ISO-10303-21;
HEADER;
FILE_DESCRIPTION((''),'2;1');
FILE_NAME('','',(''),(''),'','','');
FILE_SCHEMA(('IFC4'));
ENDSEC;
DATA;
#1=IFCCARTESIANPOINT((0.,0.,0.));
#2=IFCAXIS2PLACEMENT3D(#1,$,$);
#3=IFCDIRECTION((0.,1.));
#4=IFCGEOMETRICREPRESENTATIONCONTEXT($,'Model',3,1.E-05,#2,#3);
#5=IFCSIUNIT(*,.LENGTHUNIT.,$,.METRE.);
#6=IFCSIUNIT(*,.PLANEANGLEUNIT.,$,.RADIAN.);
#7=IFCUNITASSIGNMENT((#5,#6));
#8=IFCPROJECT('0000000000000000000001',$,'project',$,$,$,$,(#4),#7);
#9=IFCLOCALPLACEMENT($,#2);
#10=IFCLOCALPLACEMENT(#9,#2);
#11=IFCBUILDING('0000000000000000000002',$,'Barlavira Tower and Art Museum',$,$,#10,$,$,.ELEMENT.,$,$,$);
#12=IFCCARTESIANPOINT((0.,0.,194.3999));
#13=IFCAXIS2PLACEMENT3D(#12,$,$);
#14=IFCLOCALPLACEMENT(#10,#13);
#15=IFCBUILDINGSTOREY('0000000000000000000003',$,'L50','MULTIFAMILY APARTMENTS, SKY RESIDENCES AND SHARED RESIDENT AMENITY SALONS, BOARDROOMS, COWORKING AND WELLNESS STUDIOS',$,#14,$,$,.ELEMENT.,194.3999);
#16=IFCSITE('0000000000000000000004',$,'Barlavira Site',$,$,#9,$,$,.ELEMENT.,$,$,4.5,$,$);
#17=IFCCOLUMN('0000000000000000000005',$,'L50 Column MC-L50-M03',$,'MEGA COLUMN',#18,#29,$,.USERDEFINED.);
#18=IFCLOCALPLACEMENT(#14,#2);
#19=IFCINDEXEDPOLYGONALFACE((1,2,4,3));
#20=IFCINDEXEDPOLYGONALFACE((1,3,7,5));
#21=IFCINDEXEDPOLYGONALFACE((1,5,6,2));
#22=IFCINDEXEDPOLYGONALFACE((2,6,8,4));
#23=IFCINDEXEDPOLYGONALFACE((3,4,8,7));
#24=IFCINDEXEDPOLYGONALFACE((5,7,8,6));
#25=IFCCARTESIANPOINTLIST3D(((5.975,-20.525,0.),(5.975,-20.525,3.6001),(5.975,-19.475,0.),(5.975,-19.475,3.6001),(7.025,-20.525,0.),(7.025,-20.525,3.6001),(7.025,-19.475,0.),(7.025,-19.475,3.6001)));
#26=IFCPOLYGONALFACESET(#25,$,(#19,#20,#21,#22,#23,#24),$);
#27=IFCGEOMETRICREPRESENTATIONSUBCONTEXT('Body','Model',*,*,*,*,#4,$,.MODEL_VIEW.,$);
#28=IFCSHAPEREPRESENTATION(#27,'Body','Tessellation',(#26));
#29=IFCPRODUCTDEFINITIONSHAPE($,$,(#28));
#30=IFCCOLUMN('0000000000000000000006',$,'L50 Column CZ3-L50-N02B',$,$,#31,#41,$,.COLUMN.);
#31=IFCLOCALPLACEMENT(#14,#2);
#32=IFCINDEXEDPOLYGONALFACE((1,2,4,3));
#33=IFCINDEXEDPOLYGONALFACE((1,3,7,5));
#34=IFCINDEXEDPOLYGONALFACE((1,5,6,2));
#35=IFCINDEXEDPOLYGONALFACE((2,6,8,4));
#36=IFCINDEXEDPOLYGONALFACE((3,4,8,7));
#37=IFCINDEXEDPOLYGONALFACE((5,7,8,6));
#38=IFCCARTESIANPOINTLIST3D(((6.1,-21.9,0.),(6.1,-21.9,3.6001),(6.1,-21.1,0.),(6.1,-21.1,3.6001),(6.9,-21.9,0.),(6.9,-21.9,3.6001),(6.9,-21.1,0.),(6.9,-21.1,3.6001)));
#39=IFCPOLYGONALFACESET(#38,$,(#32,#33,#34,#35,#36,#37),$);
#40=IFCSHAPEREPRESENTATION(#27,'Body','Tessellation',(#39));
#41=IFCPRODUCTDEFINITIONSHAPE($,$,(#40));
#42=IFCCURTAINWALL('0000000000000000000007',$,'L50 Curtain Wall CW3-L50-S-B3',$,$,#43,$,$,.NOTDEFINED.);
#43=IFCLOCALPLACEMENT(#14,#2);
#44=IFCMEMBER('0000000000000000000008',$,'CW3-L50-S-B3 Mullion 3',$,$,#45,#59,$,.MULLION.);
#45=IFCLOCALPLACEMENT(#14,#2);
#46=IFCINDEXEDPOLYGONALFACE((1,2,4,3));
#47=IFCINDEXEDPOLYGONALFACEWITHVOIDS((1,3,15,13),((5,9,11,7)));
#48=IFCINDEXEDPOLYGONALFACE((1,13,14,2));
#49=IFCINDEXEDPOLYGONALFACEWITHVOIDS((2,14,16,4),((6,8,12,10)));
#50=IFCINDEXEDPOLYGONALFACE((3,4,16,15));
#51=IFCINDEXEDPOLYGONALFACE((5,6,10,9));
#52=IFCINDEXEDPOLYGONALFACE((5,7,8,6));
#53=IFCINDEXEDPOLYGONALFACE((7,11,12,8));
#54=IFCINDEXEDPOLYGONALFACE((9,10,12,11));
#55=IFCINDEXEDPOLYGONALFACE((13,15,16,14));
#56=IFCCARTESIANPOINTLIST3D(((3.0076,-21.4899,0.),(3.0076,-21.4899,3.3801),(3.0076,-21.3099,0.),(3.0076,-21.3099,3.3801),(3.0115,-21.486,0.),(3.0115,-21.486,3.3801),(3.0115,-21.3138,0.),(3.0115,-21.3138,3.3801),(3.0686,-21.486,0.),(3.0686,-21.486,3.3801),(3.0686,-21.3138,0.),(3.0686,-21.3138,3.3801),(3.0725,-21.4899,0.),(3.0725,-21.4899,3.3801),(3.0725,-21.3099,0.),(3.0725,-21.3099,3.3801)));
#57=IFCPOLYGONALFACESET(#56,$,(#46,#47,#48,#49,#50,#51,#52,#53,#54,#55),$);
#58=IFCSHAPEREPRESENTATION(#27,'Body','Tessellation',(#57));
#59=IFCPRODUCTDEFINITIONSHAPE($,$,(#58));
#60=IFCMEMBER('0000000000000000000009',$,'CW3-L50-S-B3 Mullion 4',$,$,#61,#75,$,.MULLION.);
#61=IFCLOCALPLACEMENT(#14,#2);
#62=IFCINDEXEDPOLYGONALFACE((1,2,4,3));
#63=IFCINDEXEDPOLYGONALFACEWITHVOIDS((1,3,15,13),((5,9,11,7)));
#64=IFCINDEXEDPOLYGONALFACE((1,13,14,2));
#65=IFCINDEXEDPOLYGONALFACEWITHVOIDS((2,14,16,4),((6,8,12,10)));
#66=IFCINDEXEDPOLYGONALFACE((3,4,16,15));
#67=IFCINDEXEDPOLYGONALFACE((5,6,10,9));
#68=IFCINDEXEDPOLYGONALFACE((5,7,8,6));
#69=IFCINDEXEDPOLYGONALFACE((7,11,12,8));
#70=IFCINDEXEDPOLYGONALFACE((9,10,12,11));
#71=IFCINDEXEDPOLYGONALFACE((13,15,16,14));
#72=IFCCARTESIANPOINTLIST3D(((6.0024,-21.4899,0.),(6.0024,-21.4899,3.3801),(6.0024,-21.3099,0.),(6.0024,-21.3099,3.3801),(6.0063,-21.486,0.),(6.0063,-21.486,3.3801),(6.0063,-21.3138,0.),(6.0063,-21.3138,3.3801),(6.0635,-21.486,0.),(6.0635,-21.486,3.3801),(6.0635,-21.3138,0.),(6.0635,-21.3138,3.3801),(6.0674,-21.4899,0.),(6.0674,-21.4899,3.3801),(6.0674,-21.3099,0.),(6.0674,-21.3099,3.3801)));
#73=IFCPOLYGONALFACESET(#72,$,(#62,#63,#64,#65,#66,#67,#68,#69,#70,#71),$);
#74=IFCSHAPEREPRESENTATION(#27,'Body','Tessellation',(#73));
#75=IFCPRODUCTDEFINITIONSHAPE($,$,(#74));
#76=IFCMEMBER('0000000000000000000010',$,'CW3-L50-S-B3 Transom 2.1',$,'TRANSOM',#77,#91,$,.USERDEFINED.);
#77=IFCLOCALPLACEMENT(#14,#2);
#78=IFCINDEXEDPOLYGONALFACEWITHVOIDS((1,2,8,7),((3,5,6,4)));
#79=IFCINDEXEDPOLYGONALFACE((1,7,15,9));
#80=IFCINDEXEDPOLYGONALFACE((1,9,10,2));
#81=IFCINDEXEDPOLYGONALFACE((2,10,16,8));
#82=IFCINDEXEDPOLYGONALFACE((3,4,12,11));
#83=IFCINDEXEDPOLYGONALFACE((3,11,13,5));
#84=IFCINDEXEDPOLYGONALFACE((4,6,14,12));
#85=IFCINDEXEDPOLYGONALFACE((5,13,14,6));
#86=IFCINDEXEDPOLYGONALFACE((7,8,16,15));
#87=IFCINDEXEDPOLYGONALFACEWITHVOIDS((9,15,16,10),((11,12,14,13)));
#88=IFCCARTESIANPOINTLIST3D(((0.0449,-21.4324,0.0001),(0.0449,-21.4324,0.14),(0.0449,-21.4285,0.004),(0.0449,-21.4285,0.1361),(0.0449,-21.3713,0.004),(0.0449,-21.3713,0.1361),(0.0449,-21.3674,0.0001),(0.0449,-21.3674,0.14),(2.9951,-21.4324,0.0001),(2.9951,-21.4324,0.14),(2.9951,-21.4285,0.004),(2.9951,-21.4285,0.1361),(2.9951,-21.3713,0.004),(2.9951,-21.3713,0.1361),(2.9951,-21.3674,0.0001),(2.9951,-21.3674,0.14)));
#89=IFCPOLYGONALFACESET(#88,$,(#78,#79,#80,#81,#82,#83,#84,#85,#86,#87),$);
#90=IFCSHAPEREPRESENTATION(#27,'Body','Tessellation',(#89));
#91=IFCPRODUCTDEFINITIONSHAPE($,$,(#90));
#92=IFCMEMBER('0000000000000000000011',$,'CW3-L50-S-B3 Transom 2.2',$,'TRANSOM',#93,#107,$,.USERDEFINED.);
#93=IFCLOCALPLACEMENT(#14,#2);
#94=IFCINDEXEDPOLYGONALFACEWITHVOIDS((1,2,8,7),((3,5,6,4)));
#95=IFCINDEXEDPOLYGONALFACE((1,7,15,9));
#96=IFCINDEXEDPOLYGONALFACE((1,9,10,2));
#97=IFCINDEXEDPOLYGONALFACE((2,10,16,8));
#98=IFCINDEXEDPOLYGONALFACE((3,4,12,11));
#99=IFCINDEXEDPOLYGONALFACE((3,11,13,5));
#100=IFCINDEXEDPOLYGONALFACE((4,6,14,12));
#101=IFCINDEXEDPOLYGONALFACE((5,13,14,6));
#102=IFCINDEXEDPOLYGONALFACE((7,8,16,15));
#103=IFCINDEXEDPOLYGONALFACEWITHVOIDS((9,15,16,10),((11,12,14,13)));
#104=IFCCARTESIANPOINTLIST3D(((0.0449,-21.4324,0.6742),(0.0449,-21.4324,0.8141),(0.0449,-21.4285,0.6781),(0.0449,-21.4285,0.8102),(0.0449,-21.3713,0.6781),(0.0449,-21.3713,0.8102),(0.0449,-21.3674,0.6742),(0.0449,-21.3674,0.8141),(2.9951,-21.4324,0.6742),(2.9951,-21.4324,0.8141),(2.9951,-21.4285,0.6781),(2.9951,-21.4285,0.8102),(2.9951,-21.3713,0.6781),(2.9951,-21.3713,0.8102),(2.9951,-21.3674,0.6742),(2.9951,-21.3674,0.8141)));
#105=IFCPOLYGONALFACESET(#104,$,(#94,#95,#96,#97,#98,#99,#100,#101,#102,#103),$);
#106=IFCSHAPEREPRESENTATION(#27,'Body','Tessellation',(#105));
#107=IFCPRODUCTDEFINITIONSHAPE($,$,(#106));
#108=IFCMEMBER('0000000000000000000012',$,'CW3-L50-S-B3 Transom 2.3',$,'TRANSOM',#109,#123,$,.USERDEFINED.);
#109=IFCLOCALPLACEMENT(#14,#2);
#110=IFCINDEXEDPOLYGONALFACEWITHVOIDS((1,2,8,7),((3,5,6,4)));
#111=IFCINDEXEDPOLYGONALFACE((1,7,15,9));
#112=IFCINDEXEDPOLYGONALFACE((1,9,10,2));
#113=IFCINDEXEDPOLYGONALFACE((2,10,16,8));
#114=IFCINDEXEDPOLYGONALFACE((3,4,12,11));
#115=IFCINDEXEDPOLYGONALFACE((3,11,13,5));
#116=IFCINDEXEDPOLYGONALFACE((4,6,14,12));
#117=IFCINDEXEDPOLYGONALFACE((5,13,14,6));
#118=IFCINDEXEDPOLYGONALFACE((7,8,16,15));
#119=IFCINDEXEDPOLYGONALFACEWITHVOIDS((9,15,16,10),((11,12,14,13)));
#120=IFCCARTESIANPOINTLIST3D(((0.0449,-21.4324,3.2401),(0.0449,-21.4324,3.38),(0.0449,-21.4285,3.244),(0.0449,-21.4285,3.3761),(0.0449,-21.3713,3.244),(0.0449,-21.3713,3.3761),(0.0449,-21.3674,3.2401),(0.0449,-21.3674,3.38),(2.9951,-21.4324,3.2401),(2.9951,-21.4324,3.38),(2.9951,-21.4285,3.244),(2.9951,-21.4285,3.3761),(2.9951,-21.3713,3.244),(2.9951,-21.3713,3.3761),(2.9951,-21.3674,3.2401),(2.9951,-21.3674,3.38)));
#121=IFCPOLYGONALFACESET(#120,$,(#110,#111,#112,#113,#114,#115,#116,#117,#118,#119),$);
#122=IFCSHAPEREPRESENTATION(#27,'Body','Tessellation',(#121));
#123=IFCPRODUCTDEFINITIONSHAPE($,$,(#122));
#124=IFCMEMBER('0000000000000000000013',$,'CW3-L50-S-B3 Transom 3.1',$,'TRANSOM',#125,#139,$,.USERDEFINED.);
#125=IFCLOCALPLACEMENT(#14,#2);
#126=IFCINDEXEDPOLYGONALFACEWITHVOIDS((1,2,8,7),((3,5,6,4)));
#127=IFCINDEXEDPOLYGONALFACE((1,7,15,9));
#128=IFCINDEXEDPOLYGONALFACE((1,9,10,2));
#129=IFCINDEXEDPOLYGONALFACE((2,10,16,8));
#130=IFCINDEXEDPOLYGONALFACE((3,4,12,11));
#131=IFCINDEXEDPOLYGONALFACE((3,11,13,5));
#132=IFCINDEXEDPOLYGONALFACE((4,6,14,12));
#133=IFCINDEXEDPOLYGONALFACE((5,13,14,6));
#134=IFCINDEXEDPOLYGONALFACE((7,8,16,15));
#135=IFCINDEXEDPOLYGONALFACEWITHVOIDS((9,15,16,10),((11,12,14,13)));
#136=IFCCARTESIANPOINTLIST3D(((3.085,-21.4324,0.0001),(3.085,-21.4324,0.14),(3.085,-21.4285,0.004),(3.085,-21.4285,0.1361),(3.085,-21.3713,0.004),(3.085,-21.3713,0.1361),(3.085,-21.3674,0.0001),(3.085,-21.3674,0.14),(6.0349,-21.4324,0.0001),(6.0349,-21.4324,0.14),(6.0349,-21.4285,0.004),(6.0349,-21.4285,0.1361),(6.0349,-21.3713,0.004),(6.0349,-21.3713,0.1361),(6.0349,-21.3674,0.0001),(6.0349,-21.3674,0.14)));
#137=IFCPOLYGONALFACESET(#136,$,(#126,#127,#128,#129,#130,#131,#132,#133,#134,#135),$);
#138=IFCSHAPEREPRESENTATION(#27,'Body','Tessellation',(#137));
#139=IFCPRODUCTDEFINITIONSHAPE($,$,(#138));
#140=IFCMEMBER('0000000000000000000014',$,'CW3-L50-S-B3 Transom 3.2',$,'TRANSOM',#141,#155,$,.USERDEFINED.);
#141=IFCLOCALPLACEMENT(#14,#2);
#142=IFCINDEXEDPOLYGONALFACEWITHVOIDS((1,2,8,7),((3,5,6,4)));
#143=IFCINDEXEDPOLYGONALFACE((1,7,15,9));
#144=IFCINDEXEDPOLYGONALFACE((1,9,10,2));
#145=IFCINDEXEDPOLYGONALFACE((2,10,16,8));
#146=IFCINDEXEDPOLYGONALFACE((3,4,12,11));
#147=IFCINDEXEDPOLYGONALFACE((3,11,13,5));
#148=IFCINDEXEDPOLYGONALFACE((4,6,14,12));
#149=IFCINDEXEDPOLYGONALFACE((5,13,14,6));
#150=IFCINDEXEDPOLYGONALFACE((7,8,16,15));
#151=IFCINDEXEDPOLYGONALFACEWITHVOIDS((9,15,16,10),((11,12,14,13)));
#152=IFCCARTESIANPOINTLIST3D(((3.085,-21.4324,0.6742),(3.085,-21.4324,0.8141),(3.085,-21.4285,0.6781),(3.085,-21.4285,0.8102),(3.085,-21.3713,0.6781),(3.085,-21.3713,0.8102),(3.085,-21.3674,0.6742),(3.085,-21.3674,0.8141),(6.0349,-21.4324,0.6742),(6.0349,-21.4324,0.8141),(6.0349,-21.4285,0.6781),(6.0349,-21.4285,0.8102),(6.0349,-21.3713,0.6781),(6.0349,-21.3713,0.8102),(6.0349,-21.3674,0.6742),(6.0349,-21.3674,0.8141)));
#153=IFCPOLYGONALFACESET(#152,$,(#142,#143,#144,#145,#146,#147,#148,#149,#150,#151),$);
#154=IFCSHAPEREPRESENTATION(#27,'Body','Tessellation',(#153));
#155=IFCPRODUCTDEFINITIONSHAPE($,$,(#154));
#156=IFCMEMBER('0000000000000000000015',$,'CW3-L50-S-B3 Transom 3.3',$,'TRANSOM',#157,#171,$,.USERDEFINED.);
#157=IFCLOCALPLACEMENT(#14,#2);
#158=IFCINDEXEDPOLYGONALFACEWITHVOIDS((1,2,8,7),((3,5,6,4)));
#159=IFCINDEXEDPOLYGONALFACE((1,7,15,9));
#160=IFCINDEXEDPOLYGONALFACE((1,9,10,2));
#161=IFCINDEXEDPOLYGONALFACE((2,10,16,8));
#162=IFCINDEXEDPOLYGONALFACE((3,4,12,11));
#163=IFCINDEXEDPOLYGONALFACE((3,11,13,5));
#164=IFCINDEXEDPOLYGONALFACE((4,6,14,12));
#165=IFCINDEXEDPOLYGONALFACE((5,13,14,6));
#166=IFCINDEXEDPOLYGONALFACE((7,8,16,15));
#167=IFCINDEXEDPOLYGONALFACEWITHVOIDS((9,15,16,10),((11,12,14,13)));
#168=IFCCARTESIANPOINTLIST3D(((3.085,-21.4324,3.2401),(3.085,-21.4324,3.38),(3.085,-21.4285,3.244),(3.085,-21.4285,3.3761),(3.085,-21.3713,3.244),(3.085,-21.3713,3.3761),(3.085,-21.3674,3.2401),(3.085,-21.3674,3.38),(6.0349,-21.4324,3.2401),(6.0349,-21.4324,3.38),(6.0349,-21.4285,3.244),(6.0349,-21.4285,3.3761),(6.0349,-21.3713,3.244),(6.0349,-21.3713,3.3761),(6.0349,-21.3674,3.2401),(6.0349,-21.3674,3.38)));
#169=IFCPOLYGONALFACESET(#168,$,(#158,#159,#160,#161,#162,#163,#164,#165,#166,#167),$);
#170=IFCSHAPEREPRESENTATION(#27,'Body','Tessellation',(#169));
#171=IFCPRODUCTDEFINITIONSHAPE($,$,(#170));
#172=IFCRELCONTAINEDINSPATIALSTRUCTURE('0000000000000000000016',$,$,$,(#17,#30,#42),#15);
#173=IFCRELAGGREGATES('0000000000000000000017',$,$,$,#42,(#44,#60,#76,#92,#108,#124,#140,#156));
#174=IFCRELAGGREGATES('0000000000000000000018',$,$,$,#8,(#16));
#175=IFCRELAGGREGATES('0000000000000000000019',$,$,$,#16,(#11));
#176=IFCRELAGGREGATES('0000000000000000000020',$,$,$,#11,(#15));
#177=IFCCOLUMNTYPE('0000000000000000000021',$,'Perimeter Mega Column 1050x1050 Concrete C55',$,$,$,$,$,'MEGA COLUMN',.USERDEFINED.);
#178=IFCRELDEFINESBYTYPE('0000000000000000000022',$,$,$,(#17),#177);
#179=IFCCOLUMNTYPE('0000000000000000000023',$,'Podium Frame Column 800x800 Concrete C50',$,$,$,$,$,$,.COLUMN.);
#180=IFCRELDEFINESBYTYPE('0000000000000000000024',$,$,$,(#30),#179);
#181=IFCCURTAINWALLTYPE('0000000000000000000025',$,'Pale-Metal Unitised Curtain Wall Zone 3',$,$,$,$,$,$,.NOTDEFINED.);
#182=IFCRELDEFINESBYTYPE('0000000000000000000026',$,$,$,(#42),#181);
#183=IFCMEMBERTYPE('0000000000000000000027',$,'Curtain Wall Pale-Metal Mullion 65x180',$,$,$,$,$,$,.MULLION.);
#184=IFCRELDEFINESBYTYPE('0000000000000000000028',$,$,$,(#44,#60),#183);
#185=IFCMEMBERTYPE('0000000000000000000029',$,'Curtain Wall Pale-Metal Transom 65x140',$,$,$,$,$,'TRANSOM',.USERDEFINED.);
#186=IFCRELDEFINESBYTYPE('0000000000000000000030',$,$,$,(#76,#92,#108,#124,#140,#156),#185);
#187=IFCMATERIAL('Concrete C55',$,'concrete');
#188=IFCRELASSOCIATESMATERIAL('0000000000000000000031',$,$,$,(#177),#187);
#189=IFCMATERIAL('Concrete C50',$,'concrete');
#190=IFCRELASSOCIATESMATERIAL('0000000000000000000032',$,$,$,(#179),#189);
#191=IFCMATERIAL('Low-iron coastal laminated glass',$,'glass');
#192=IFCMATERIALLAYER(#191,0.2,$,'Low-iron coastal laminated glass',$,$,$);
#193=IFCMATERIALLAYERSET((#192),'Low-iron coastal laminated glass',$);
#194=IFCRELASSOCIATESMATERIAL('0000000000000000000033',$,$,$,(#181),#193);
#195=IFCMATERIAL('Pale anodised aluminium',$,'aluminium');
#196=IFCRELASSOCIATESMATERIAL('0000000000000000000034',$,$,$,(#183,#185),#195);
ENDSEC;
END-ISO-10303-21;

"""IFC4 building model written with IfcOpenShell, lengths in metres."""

from ifc_helpers import new_model, si_unit, direction, frame, origin, origin_2d, place, context, subcontext, project, spatial, rectangle, hollow_rectangle, extrude, material, layer, layer_set, material_profile, profile_set, type_object, element, aggregate, save


model = new_model("IFC4")

# Units and contexts
model_context = context("Model", 3, precision=1e-05, world=origin(), true_north=direction((0.0, 1.0)))
body_context = subcontext(model_context, "Body", "Model", "MODEL_VIEW")
ifc_project = project(units=[si_unit("LENGTHUNIT", "METRE"), si_unit("PLANEANGLEUNIT", "RADIAN")], contexts=[model_context])

# Site, building, storey
site_placement = place(None, origin())
site = spatial("IfcSite", under=ifc_project, at=site_placement, Name="Barlavira Site", CompositionType="ELEMENT", RefElevation=4.5)
building_placement = place(site_placement, origin())
building = spatial("IfcBuilding", under=site, at=building_placement, Name="Barlavira Tower and Art Museum", CompositionType="ELEMENT")
storey_placement = place(building_placement, frame((0.0, 0.0, 194.3999)))
storey = spatial("IfcBuildingStorey", under=building, at=storey_placement, Name="L50", Description="MULTIFAMILY APARTMENTS, SKY RESIDENCES AND SHARED RESIDENT AMENITY SALONS, BOARDROOMS, COWORKING AND WELLNESS STUDIOS", CompositionType="ELEMENT", Elevation=194.3999)

# Columns
ifc_material_1 = material(Name="Concrete C55", Category="concrete")
ifc_material_profile_1 = material_profile(ifc_material_1, rectangle(XDim=1.05, YDim=1.05, at=origin_2d()), Name="RC-COL 1050x1050")
ifc_profile_set_1 = profile_set([ifc_material_profile_1], Name="Concrete C55")
column_type_1 = type_object("IfcColumnType", Name="Perimeter Mega Column 1050x1050 Concrete C55", ElementType="MEGA COLUMN", PredefinedType="USERDEFINED", material=ifc_profile_set_1)
column_1_placement = place(storey_placement, frame((6.5, -20.0, 0.0), z_axis=(0.0, 0.0, 1.0), x_axis=(1.0, 0.0, 0.0)))
element("IfcColumn", 1, at=column_1_placement, inside=storey, type_object=column_type_1, Name="L50 Column MC-L50-M03", ObjectType="MEGA COLUMN", PredefinedType="USERDEFINED", context=body_context, shape_type="SweptSolid", body=[
    extrude(rectangle(XDim=1.05, YDim=1.05, at=origin_2d()), origin(), (0.0, 0.0, 1.0), 3.6001),
])
ifc_material_2 = material(Name="Concrete C50", Category="concrete")
ifc_material_profile_2 = material_profile(ifc_material_2, rectangle(XDim=0.8, YDim=0.8, at=origin_2d()), Name="RC-COL 800x800")
ifc_profile_set_2 = profile_set([ifc_material_profile_2], Name="Concrete C50")
column_type_2 = type_object("IfcColumnType", Name="Podium Frame Column 800x800 Concrete C50", PredefinedType="COLUMN", material=ifc_profile_set_2)
column_2_placement = place(storey_placement, frame((6.5, -21.5, 0.0), z_axis=(0.0, 0.0, 1.0), x_axis=(1.0, 0.0, 0.0)))
element("IfcColumn", 2, at=column_2_placement, inside=storey, type_object=column_type_2, Name="L50 Column CZ3-L50-N02B", PredefinedType="COLUMN", context=body_context, shape_type="SweptSolid", body=[
    extrude(rectangle(XDim=0.8, YDim=0.8, at=origin_2d()), origin(), (0.0, 0.0, 1.0), 3.6001),
])

# Curtain wall, members
ifc_material_3 = material(Name="Low-iron coastal laminated glass", Category="glass")
ifc_layer_1 = layer(ifc_material_3, 0.2, Name="Low-iron coastal laminated glass")
ifc_layer_set_1 = layer_set([ifc_layer_1], Name="Low-iron coastal laminated glass")
curtain_wall_type = type_object("IfcCurtainWallType", Name="Pale-Metal Unitised Curtain Wall Zone 3", PredefinedType="NOTDEFINED", material=ifc_layer_set_1)
curtain_wall_placement = place(storey_placement, origin())
curtain_wall = element("IfcCurtainWall", 3, at=curtain_wall_placement, inside=storey, type_object=curtain_wall_type, Name="L50 Curtain Wall CW3-L50-S-B3", PredefinedType="NOTDEFINED")
ifc_material_4 = material(Name="Pale anodised aluminium", Category="aluminium")
ifc_material_profile_3 = material_profile(ifc_material_4, hollow_rectangle(XDim=0.0649, YDim=0.1799, WallThickness=0.0039, at=origin_2d()), Name="ALU-MULL 65x180x4")
ifc_profile_set_3 = profile_set([ifc_material_profile_3], Name="Pale anodised aluminium")
member_type_1 = type_object("IfcMemberType", Name="Curtain Wall Pale-Metal Mullion 65x180", PredefinedType="MULLION", material=ifc_profile_set_3)
member_1_placement = place(storey_placement, frame((3.04, -21.3999, 0.0), z_axis=(0.0, 0.0, 1.0), x_axis=(1.0, 0.0, 0.0)))
member_1 = element("IfcMember", 4, at=member_1_placement, type_object=member_type_1, Name="CW3-L50-S-B3 Mullion 3", PredefinedType="MULLION", context=body_context, shape_type="SweptSolid", body=[
    extrude(hollow_rectangle(XDim=0.0649, YDim=0.1799, WallThickness=0.0039, at=origin_2d()), origin(), (0.0, 0.0, 1.0), 3.3801),
])
member_2_placement = place(storey_placement, frame((6.0349, -21.3999, 0.0), z_axis=(0.0, 0.0, 1.0), x_axis=(1.0, 0.0, 0.0)))
member_2 = element("IfcMember", 5, at=member_2_placement, type_object=member_type_1, Name="CW3-L50-S-B3 Mullion 4", PredefinedType="MULLION", context=body_context, shape_type="SweptSolid", body=[
    extrude(hollow_rectangle(XDim=0.0649, YDim=0.1799, WallThickness=0.0039, at=origin_2d()), origin(), (0.0, 0.0, 1.0), 3.3801),
])
ifc_material_profile_4 = material_profile(ifc_material_4, hollow_rectangle(XDim=0.0649, YDim=0.1399, WallThickness=0.0039, at=origin_2d()), Name="ALU-TRAN 65x140x4")
ifc_profile_set_4 = profile_set([ifc_material_profile_4], Name="Pale anodised aluminium")
member_type_2 = type_object("IfcMemberType", Name="Curtain Wall Pale-Metal Transom 65x140", ElementType="TRANSOM", PredefinedType="USERDEFINED", material=ifc_profile_set_4)
member_3_placement = place(storey_placement, frame((0.0449, -21.3999, 0.0701), z_axis=(1.0, 0.0, 0.0), x_axis=(0.0, 1.0, 0.0)))
member_3 = element("IfcMember", 6, at=member_3_placement, type_object=member_type_2, Name="CW3-L50-S-B3 Transom 2.1", ObjectType="TRANSOM", PredefinedType="USERDEFINED", context=body_context, shape_type="SweptSolid", body=[
    extrude(hollow_rectangle(XDim=0.0649, YDim=0.1399, WallThickness=0.0039, at=origin_2d()), origin(), (0.0, 0.0, 1.0), 2.9502),
])
member_4_placement = place(storey_placement, frame((0.0449, -21.3999, 0.7441), z_axis=(1.0, 0.0, 0.0), x_axis=(0.0, 1.0, 0.0)))
member_4 = element("IfcMember", 7, at=member_4_placement, type_object=member_type_2, Name="CW3-L50-S-B3 Transom 2.2", ObjectType="TRANSOM", PredefinedType="USERDEFINED", context=body_context, shape_type="SweptSolid", body=[
    extrude(hollow_rectangle(XDim=0.0649, YDim=0.1399, WallThickness=0.0039, at=origin_2d()), origin(), (0.0, 0.0, 1.0), 2.9502),
])
member_5_placement = place(storey_placement, frame((0.0449, -21.3999, 3.3101), z_axis=(1.0, 0.0, 0.0), x_axis=(0.0, 1.0, 0.0)))
member_5 = element("IfcMember", 8, at=member_5_placement, type_object=member_type_2, Name="CW3-L50-S-B3 Transom 2.3", ObjectType="TRANSOM", PredefinedType="USERDEFINED", context=body_context, shape_type="SweptSolid", body=[
    extrude(hollow_rectangle(XDim=0.0649, YDim=0.1399, WallThickness=0.0039, at=origin_2d()), origin(), (0.0, 0.0, 1.0), 2.9502),
])
member_6_placement = place(storey_placement, frame((3.085, -21.3999, 0.0701), z_axis=(1.0, 0.0, 0.0), x_axis=(0.0, 1.0, 0.0)))
member_6 = element("IfcMember", 9, at=member_6_placement, type_object=member_type_2, Name="CW3-L50-S-B3 Transom 3.1", ObjectType="TRANSOM", PredefinedType="USERDEFINED", context=body_context, shape_type="SweptSolid", body=[
    extrude(hollow_rectangle(XDim=0.0649, YDim=0.1399, WallThickness=0.0039, at=origin_2d()), origin(), (0.0, 0.0, 1.0), 2.95),
])
member_7_placement = place(storey_placement, frame((3.085, -21.3999, 0.7441), z_axis=(1.0, 0.0, 0.0), x_axis=(0.0, 1.0, 0.0)))
member_7 = element("IfcMember", 10, at=member_7_placement, type_object=member_type_2, Name="CW3-L50-S-B3 Transom 3.2", ObjectType="TRANSOM", PredefinedType="USERDEFINED", context=body_context, shape_type="SweptSolid", body=[
    extrude(hollow_rectangle(XDim=0.0649, YDim=0.1399, WallThickness=0.0039, at=origin_2d()), origin(), (0.0, 0.0, 1.0), 2.95),
])
member_8_placement = place(storey_placement, frame((3.085, -21.3999, 3.3101), z_axis=(1.0, 0.0, 0.0), x_axis=(0.0, 1.0, 0.0)))
member_8 = element("IfcMember", 11, at=member_8_placement, type_object=member_type_2, Name="CW3-L50-S-B3 Transom 3.3", ObjectType="TRANSOM", PredefinedType="USERDEFINED", context=body_context, shape_type="SweptSolid", body=[
    extrude(hollow_rectangle(XDim=0.0649, YDim=0.1399, WallThickness=0.0039, at=origin_2d()), origin(), (0.0, 0.0, 1.0), 2.95),
])

aggregate(curtain_wall, [member_1, member_2, member_3, member_4, member_5, member_6, member_7, member_8])

save(model, "model.ifc")
